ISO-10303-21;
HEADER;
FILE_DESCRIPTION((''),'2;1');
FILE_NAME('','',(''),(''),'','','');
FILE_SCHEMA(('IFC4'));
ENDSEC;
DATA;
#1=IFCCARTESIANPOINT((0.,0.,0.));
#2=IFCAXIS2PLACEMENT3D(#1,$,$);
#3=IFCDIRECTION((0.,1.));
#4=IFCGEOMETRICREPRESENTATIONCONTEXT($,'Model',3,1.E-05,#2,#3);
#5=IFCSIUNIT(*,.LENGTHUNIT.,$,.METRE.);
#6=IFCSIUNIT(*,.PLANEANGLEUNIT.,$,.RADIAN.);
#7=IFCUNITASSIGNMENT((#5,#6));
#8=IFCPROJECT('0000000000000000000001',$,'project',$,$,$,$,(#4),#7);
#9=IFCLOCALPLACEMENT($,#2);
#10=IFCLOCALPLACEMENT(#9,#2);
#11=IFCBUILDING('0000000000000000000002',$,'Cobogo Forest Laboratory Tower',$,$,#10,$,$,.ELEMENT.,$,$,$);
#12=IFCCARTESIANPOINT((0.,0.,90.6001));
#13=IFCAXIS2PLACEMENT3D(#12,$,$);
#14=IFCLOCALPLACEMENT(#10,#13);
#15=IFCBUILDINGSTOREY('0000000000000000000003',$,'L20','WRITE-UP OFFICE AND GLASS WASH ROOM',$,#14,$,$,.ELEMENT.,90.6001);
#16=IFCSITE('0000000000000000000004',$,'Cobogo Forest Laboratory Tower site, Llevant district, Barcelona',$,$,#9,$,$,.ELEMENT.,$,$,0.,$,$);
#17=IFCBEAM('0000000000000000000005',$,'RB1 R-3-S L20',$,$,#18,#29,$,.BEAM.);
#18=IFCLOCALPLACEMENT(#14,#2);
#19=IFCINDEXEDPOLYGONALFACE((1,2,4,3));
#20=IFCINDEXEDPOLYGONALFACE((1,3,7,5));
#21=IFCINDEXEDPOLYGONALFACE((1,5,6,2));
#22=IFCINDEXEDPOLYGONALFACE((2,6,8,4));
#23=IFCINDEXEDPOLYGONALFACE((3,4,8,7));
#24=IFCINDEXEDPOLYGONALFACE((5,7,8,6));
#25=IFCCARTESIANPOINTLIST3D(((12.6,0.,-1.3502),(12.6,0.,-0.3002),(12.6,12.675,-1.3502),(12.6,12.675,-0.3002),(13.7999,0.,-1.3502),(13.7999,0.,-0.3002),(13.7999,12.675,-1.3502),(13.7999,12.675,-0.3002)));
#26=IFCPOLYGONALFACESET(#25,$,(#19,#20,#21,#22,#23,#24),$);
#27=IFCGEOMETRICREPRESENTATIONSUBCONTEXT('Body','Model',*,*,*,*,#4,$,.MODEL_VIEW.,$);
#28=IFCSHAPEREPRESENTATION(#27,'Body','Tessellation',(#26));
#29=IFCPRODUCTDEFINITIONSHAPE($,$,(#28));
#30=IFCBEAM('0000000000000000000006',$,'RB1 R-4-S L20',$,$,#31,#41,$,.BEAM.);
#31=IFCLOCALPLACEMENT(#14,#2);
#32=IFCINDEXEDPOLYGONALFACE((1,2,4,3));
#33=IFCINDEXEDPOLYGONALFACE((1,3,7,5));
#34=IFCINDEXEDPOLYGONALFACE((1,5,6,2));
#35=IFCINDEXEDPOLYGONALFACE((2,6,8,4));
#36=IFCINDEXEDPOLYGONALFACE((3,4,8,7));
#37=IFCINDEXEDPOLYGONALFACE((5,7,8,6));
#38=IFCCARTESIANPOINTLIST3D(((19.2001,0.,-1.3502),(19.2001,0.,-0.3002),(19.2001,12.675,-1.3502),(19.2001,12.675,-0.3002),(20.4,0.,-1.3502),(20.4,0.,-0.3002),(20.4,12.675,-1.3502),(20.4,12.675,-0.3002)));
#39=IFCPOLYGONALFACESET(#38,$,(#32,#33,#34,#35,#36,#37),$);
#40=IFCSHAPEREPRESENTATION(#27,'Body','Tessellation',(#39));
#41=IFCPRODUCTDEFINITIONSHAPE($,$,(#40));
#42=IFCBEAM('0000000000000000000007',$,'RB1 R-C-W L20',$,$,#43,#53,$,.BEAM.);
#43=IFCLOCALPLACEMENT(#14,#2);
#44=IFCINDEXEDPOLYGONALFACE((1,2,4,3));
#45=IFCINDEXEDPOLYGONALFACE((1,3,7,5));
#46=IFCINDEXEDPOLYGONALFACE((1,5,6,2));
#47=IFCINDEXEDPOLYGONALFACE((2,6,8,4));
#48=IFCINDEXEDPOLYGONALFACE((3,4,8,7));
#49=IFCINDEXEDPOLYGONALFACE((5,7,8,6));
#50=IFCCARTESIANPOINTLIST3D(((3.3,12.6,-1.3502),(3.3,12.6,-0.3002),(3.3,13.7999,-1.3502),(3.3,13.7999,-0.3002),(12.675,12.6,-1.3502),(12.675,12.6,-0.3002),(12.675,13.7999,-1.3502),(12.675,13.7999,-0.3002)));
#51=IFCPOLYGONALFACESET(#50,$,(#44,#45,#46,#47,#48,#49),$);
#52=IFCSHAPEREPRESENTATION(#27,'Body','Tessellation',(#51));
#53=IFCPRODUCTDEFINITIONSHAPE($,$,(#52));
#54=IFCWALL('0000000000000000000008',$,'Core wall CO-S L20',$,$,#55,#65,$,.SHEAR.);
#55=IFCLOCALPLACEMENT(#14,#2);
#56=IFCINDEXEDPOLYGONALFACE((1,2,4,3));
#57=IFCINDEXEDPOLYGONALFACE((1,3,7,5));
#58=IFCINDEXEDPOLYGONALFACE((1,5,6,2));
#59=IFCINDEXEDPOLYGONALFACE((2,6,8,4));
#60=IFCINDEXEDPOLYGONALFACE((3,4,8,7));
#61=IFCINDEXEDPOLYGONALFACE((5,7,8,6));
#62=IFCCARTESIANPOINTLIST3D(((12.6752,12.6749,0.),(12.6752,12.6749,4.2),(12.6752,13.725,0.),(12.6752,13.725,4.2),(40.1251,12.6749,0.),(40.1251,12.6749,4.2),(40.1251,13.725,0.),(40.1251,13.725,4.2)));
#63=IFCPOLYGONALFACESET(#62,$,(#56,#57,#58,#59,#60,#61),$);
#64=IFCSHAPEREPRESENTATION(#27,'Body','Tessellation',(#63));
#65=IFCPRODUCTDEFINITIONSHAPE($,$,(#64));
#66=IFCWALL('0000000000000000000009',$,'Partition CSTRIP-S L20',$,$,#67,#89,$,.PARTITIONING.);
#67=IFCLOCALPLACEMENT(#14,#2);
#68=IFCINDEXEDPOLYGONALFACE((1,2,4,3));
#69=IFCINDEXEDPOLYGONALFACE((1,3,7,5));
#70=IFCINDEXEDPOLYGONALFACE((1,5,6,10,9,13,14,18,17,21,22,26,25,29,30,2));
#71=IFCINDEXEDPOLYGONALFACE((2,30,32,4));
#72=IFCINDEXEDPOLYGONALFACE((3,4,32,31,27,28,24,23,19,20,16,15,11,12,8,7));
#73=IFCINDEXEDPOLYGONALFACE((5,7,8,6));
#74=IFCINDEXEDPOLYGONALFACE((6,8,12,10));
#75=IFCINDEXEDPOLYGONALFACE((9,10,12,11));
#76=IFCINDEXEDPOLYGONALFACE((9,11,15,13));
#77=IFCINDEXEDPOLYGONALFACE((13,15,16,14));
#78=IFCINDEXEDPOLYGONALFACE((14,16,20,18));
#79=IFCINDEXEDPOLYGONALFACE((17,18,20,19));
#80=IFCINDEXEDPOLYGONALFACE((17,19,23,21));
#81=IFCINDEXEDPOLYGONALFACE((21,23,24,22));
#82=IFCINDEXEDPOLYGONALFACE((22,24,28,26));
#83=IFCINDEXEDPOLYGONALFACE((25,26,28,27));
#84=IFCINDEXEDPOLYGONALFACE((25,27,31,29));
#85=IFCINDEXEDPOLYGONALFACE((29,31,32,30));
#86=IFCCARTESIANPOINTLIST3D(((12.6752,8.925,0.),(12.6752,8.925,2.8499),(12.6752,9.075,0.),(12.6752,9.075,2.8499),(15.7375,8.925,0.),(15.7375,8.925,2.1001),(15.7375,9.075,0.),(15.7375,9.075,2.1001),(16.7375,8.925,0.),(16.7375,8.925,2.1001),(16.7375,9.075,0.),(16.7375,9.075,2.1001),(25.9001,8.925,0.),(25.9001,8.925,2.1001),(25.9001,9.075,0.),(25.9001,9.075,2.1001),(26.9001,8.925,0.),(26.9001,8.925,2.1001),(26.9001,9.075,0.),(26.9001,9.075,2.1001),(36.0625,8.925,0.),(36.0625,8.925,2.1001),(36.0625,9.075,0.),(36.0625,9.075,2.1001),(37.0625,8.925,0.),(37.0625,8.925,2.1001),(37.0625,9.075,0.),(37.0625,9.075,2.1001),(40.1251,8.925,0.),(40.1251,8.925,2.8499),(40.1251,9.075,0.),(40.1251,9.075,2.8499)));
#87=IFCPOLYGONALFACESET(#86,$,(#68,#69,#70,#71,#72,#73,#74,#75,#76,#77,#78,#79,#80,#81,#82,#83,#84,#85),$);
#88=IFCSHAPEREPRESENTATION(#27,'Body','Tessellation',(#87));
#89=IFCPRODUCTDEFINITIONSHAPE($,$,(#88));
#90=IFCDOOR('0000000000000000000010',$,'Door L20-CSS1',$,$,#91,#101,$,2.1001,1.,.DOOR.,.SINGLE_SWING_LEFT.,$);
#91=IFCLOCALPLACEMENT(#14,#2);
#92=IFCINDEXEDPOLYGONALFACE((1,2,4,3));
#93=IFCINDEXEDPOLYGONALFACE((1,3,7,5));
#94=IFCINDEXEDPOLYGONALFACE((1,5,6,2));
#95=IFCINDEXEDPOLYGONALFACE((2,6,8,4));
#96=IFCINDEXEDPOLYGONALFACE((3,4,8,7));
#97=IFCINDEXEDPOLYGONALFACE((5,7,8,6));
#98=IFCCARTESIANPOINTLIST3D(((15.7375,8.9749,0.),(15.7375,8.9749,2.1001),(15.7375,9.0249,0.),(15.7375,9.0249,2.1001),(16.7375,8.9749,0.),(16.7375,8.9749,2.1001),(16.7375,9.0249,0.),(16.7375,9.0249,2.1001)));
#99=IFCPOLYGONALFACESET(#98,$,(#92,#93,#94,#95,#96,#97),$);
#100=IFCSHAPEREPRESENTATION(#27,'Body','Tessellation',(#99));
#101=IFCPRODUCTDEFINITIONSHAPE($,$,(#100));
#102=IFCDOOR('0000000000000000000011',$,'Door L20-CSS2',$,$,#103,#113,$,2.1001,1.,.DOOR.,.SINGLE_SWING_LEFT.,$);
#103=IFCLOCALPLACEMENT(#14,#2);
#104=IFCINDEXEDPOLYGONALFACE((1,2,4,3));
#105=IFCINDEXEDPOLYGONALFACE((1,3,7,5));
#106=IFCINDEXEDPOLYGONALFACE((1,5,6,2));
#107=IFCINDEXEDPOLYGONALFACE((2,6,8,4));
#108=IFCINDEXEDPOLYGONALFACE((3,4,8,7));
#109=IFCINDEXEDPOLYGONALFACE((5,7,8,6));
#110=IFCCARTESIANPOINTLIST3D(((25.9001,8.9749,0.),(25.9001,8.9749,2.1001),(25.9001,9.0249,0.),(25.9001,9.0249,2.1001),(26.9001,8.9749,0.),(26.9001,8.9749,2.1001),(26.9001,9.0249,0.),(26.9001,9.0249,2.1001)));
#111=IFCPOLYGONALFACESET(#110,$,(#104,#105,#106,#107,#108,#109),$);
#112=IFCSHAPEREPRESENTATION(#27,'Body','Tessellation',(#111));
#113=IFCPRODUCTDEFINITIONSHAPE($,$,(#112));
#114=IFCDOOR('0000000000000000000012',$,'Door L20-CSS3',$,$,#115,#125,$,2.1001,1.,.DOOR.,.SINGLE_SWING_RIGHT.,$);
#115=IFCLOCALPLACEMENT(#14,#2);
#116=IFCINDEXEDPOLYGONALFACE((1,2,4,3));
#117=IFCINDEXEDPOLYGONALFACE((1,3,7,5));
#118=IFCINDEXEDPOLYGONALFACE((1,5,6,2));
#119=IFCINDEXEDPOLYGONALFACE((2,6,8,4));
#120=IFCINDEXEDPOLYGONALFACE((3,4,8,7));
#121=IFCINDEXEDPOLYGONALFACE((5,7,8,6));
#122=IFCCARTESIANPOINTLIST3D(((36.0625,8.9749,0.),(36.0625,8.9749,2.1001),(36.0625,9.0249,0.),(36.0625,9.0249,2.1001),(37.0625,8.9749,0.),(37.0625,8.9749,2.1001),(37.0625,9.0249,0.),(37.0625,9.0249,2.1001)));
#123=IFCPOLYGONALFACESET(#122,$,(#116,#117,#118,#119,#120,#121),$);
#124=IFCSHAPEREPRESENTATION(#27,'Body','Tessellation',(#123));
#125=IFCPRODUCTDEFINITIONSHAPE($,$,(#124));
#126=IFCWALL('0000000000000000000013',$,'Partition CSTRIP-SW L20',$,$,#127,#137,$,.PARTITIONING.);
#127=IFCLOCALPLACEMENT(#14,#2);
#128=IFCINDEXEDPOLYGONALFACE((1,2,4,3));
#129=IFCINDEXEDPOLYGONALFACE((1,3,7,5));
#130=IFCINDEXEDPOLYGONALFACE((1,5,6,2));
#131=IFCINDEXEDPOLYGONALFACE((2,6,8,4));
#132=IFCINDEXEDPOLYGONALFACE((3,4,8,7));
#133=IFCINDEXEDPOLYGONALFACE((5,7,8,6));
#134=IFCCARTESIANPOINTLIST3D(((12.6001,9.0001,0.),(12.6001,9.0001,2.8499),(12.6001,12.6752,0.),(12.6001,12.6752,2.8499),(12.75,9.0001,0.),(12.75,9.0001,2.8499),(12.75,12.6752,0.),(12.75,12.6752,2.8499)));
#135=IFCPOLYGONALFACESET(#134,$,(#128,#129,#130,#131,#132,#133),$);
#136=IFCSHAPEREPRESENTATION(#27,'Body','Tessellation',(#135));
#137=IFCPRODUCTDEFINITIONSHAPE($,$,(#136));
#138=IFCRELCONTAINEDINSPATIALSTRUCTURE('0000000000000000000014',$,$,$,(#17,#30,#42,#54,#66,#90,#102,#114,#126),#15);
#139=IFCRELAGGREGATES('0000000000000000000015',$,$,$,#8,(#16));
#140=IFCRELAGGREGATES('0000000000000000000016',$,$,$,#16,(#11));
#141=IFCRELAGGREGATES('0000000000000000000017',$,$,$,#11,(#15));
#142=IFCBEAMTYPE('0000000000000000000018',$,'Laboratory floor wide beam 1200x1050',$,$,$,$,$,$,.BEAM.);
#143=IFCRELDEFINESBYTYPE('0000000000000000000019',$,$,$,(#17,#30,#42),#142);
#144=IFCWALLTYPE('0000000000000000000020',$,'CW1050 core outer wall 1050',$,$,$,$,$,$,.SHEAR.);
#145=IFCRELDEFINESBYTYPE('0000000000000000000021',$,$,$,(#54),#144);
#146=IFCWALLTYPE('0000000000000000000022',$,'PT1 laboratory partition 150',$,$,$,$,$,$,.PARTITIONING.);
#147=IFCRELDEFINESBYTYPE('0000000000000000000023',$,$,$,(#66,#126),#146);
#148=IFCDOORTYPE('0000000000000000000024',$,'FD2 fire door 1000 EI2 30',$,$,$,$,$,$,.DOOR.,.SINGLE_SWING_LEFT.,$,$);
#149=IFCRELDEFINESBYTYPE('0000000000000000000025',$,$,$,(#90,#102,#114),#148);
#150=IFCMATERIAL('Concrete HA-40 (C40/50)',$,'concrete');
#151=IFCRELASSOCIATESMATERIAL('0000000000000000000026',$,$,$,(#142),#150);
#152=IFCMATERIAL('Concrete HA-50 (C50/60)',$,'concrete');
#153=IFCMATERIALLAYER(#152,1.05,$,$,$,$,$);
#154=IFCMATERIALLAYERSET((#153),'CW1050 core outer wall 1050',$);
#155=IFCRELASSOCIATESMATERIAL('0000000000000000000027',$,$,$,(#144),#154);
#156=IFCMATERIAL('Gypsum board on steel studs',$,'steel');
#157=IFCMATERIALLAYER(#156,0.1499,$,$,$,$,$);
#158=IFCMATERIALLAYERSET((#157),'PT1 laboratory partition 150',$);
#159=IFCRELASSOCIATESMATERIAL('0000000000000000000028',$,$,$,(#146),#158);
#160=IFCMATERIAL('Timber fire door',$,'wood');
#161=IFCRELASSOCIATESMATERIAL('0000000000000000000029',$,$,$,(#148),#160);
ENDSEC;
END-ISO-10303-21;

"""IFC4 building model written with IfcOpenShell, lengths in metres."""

from ifc_helpers import new_model, si_unit, direction, frame, frame_2d, origin, origin_2d, place, context, subcontext, project, spatial, rectangle, extrude, material, layer, layer_set, material_profile, profile_set, type_object, element, fill, save


model = new_model("IFC4")

# Units and contexts
model_context = context("Model", 3, precision=1e-05, world=origin(), true_north=direction((0.0, 1.0)))
body_context = subcontext(model_context, "Body", "Model", "MODEL_VIEW")
ifc_project = project(units=[si_unit("LENGTHUNIT", "METRE"), si_unit("PLANEANGLEUNIT", "RADIAN")], contexts=[model_context])

# Site, building, storey
site_placement = place(None, origin())
site = spatial("IfcSite", under=ifc_project, at=site_placement, Name="Cobogo Forest Laboratory Tower site, Llevant district, Barcelona", CompositionType="ELEMENT", RefElevation=0.0)
building_placement = place(site_placement, origin())
building = spatial("IfcBuilding", under=site, at=building_placement, Name="Cobogo Forest Laboratory Tower", CompositionType="ELEMENT")
storey_placement = place(building_placement, frame((0.0, 0.0, 90.6001)))
storey = spatial("IfcBuildingStorey", under=building, at=storey_placement, Name="L20", Description="WRITE-UP OFFICE AND GLASS WASH ROOM", CompositionType="ELEMENT", Elevation=90.6001)

# Beams
ifc_material_1 = material(Name="Concrete HA-40 (C40/50)", Category="concrete")
ifc_material_profile = material_profile(ifc_material_1, rectangle(XDim=1.2, YDim=1.05, at=origin_2d()), Name="RC 1200x1050")
ifc_profile_set = profile_set([ifc_material_profile], Name="Concrete HA-40 (C40/50)")
beam_type = type_object("IfcBeamType", Name="Laboratory floor wide beam 1200x1050", PredefinedType="BEAM", material=ifc_profile_set)
for number, where, z_axis, x_axis, name in (
    (1, (13.2, 12.675, -0.8252), (0.0, -1.0, 0.0), (1.0, 0.0, 0.0), "RB1 R-3-S L20"),
    (2, (19.8, 12.675, -0.8252), (0.0, -1.0, 0.0), (1.0, 0.0, 0.0), "RB1 R-4-S L20"),
):
    element("IfcBeam", number, at=place(storey_placement, frame(where, z_axis=z_axis, x_axis=x_axis)), inside=storey, type_object=beam_type, Name=name, PredefinedType="BEAM", context=body_context, shape_type="SweptSolid", body=[
        extrude(rectangle(XDim=1.2, YDim=1.05, at=origin_2d()), origin(), (0.0, 0.0, 1.0), 12.675),
    ])
beam_placement = place(storey_placement, frame((12.675, 13.2, -0.8252), z_axis=(-1.0, 0.0, 0.0), x_axis=(0.0, -1.0, 0.0)))
element("IfcBeam", 3, at=beam_placement, inside=storey, type_object=beam_type, Name="RB1 R-C-W L20", PredefinedType="BEAM", context=body_context, shape_type="SweptSolid", body=[
    extrude(rectangle(XDim=1.2, YDim=1.05, at=origin_2d()), origin(), (0.0, 0.0, 1.0), 9.375),
])

# Wall
ifc_material_2 = material(Name="Concrete HA-50 (C50/60)", Category="concrete")
ifc_layer_1 = layer(ifc_material_2, 1.05)
ifc_layer_set_1 = layer_set([ifc_layer_1], Name="CW1050 core outer wall 1050")
wall_type_1 = type_object("IfcWallType", Name="CW1050 core outer wall 1050", PredefinedType="SHEAR", material=ifc_layer_set_1)
wall_1_placement = place(storey_placement, frame((12.675, 13.2, 0.0), z_axis=(0.0, 0.0, 1.0), x_axis=(1.0, 0.0, 0.0)))
element("IfcWall", 4, at=wall_1_placement, inside=storey, type_object=wall_type_1, Name="Core wall CO-S L20", PredefinedType="SHEAR", context=body_context, shape_type="SweptSolid", body=[
    extrude(rectangle(XDim=27.45, YDim=1.05, at=frame_2d((13.7251, 0.0))), origin(), (0.0, 0.0, 1.0), 4.2),
])

# Wall, openings, doors
ifc_material_3 = material(Name="Gypsum board on steel studs", Category="steel")
ifc_layer_2 = layer(ifc_material_3, 0.1499)
ifc_layer_set_2 = layer_set([ifc_layer_2], Name="PT1 laboratory partition 150")
wall_type_2 = type_object("IfcWallType", Name="PT1 laboratory partition 150", PredefinedType="PARTITIONING", material=ifc_layer_set_2)
wall_2_placement = place(storey_placement, frame((12.675, 9.0, 0.0), z_axis=(0.0, 0.0, 1.0), x_axis=(1.0, 0.0, 0.0)))
wall_2 = element("IfcWall", 5, at=wall_2_placement, inside=storey, type_object=wall_type_2, Name="Partition CSTRIP-S L20", PredefinedType="PARTITIONING", context=body_context, shape_type="SweptSolid", body=[
    extrude(rectangle(XDim=27.45, YDim=0.1499, at=frame_2d((13.7251, 0.0))), origin(), (0.0, 0.0, 1.0), 2.8499),
])
opening_1_placement = place(wall_2_placement, frame((3.0625, 0.0, 0.0)))
opening_1 = element("IfcOpeningElement", 6, at=opening_1_placement, cuts=wall_2, PredefinedType="OPENING", context=body_context, shape_type="SweptSolid", body=[
    extrude(rectangle(XDim=1.0, YDim=2.1001, at=frame_2d((0.5, 1.05))), frame((0.0, 0.085, 0.0), z_axis=(0.0, -1.0, 0.0), x_axis=(1.0, 0.0, 0.0)), (0.0, 0.0, 1.0), 0.1699),
])
opening_2_placement = place(wall_2_placement, frame((13.2251, 0.0, 0.0)))
opening_2 = element("IfcOpeningElement", 7, at=opening_2_placement, cuts=wall_2, PredefinedType="OPENING", context=body_context, shape_type="SweptSolid", body=[
    extrude(rectangle(XDim=1.0, YDim=2.1001, at=frame_2d((0.5, 1.05))), frame((0.0, 0.085, 0.0), z_axis=(0.0, -1.0, 0.0), x_axis=(1.0, 0.0, 0.0)), (0.0, 0.0, 1.0), 0.1699),
])
opening_3_placement = place(wall_2_placement, frame((23.3875, 0.0, 0.0)))
opening_3 = element("IfcOpeningElement", 8, at=opening_3_placement, cuts=wall_2, PredefinedType="OPENING", context=body_context, shape_type="SweptSolid", body=[
    extrude(rectangle(XDim=1.0, YDim=2.1001, at=frame_2d((0.5, 1.05))), frame((0.0, 0.085, 0.0), z_axis=(0.0, -1.0, 0.0), x_axis=(1.0, 0.0, 0.0)), (0.0, 0.0, 1.0), 0.1699),
])
ifc_material_4 = material(Name="Timber fire door", Category="wood")
door_type_1 = type_object("IfcDoorType", Name="FD2 fire door 1000 EI2 30", OperationType="SINGLE_SWING_LEFT", PredefinedType="DOOR", material=ifc_material_4)
door_1_placement = place(opening_1_placement, origin())
door_1 = element("IfcDoor", 9, at=door_1_placement, inside=storey, type_object=door_type_1, Name="Door L20-CSS1", OperationType="SINGLE_SWING_LEFT", OverallHeight=2.1001, OverallWidth=1.0, PredefinedType="DOOR", context=body_context, shape_type="SweptSolid", body=[
    extrude(rectangle(XDim=1.0, YDim=2.1001, at=frame_2d((0.5, 1.05))), frame((0.0, 0.0249, 0.0), z_axis=(0.0, -1.0, 0.0), x_axis=(1.0, 0.0, 0.0)), (0.0, 0.0, 1.0), 0.05),
])
fill(opening_1, door_1)
door_2_placement = place(opening_2_placement, origin())
door_2 = element("IfcDoor", 10, at=door_2_placement, inside=storey, type_object=door_type_1, Name="Door L20-CSS2", OperationType="SINGLE_SWING_LEFT", OverallHeight=2.1001, OverallWidth=1.0, PredefinedType="DOOR", context=body_context, shape_type="SweptSolid", body=[
    extrude(rectangle(XDim=1.0, YDim=2.1001, at=frame_2d((0.5, 1.05))), frame((0.0, 0.0249, 0.0), z_axis=(0.0, -1.0, 0.0), x_axis=(1.0, 0.0, 0.0)), (0.0, 0.0, 1.0), 0.05),
])
fill(opening_2, door_2)
door_3_placement = place(opening_3_placement, origin())
door_3 = element("IfcDoor", 11, at=door_3_placement, inside=storey, type_object=door_type_1, Name="Door L20-CSS3", OperationType="SINGLE_SWING_RIGHT", OverallHeight=2.1001, OverallWidth=1.0, PredefinedType="DOOR", context=body_context, shape_type="SweptSolid", body=[
    extrude(rectangle(XDim=1.0, YDim=2.1001, at=frame_2d((0.5, 1.05))), frame((0.0, 0.0249, 0.0), z_axis=(0.0, -1.0, 0.0), x_axis=(1.0, 0.0, 0.0)), (0.0, 0.0, 1.0), 0.05),
])
fill(opening_3, door_3)

# Wall
wall_3_placement = place(storey_placement, frame((12.675, 12.675, 0.0), z_axis=(0.0, 0.0, 1.0), x_axis=(0.0, -1.0, 0.0)))
element("IfcWall", 12, at=wall_3_placement, inside=storey, type_object=wall_type_2, Name="Partition CSTRIP-SW L20", PredefinedType="PARTITIONING", context=body_context, shape_type="SweptSolid", body=[
    extrude(rectangle(XDim=3.675, YDim=0.1499, at=frame_2d((1.8374, 0.0))), origin(), (0.0, 0.0, 1.0), 2.8499),
])

save(model, "model.ifc")
